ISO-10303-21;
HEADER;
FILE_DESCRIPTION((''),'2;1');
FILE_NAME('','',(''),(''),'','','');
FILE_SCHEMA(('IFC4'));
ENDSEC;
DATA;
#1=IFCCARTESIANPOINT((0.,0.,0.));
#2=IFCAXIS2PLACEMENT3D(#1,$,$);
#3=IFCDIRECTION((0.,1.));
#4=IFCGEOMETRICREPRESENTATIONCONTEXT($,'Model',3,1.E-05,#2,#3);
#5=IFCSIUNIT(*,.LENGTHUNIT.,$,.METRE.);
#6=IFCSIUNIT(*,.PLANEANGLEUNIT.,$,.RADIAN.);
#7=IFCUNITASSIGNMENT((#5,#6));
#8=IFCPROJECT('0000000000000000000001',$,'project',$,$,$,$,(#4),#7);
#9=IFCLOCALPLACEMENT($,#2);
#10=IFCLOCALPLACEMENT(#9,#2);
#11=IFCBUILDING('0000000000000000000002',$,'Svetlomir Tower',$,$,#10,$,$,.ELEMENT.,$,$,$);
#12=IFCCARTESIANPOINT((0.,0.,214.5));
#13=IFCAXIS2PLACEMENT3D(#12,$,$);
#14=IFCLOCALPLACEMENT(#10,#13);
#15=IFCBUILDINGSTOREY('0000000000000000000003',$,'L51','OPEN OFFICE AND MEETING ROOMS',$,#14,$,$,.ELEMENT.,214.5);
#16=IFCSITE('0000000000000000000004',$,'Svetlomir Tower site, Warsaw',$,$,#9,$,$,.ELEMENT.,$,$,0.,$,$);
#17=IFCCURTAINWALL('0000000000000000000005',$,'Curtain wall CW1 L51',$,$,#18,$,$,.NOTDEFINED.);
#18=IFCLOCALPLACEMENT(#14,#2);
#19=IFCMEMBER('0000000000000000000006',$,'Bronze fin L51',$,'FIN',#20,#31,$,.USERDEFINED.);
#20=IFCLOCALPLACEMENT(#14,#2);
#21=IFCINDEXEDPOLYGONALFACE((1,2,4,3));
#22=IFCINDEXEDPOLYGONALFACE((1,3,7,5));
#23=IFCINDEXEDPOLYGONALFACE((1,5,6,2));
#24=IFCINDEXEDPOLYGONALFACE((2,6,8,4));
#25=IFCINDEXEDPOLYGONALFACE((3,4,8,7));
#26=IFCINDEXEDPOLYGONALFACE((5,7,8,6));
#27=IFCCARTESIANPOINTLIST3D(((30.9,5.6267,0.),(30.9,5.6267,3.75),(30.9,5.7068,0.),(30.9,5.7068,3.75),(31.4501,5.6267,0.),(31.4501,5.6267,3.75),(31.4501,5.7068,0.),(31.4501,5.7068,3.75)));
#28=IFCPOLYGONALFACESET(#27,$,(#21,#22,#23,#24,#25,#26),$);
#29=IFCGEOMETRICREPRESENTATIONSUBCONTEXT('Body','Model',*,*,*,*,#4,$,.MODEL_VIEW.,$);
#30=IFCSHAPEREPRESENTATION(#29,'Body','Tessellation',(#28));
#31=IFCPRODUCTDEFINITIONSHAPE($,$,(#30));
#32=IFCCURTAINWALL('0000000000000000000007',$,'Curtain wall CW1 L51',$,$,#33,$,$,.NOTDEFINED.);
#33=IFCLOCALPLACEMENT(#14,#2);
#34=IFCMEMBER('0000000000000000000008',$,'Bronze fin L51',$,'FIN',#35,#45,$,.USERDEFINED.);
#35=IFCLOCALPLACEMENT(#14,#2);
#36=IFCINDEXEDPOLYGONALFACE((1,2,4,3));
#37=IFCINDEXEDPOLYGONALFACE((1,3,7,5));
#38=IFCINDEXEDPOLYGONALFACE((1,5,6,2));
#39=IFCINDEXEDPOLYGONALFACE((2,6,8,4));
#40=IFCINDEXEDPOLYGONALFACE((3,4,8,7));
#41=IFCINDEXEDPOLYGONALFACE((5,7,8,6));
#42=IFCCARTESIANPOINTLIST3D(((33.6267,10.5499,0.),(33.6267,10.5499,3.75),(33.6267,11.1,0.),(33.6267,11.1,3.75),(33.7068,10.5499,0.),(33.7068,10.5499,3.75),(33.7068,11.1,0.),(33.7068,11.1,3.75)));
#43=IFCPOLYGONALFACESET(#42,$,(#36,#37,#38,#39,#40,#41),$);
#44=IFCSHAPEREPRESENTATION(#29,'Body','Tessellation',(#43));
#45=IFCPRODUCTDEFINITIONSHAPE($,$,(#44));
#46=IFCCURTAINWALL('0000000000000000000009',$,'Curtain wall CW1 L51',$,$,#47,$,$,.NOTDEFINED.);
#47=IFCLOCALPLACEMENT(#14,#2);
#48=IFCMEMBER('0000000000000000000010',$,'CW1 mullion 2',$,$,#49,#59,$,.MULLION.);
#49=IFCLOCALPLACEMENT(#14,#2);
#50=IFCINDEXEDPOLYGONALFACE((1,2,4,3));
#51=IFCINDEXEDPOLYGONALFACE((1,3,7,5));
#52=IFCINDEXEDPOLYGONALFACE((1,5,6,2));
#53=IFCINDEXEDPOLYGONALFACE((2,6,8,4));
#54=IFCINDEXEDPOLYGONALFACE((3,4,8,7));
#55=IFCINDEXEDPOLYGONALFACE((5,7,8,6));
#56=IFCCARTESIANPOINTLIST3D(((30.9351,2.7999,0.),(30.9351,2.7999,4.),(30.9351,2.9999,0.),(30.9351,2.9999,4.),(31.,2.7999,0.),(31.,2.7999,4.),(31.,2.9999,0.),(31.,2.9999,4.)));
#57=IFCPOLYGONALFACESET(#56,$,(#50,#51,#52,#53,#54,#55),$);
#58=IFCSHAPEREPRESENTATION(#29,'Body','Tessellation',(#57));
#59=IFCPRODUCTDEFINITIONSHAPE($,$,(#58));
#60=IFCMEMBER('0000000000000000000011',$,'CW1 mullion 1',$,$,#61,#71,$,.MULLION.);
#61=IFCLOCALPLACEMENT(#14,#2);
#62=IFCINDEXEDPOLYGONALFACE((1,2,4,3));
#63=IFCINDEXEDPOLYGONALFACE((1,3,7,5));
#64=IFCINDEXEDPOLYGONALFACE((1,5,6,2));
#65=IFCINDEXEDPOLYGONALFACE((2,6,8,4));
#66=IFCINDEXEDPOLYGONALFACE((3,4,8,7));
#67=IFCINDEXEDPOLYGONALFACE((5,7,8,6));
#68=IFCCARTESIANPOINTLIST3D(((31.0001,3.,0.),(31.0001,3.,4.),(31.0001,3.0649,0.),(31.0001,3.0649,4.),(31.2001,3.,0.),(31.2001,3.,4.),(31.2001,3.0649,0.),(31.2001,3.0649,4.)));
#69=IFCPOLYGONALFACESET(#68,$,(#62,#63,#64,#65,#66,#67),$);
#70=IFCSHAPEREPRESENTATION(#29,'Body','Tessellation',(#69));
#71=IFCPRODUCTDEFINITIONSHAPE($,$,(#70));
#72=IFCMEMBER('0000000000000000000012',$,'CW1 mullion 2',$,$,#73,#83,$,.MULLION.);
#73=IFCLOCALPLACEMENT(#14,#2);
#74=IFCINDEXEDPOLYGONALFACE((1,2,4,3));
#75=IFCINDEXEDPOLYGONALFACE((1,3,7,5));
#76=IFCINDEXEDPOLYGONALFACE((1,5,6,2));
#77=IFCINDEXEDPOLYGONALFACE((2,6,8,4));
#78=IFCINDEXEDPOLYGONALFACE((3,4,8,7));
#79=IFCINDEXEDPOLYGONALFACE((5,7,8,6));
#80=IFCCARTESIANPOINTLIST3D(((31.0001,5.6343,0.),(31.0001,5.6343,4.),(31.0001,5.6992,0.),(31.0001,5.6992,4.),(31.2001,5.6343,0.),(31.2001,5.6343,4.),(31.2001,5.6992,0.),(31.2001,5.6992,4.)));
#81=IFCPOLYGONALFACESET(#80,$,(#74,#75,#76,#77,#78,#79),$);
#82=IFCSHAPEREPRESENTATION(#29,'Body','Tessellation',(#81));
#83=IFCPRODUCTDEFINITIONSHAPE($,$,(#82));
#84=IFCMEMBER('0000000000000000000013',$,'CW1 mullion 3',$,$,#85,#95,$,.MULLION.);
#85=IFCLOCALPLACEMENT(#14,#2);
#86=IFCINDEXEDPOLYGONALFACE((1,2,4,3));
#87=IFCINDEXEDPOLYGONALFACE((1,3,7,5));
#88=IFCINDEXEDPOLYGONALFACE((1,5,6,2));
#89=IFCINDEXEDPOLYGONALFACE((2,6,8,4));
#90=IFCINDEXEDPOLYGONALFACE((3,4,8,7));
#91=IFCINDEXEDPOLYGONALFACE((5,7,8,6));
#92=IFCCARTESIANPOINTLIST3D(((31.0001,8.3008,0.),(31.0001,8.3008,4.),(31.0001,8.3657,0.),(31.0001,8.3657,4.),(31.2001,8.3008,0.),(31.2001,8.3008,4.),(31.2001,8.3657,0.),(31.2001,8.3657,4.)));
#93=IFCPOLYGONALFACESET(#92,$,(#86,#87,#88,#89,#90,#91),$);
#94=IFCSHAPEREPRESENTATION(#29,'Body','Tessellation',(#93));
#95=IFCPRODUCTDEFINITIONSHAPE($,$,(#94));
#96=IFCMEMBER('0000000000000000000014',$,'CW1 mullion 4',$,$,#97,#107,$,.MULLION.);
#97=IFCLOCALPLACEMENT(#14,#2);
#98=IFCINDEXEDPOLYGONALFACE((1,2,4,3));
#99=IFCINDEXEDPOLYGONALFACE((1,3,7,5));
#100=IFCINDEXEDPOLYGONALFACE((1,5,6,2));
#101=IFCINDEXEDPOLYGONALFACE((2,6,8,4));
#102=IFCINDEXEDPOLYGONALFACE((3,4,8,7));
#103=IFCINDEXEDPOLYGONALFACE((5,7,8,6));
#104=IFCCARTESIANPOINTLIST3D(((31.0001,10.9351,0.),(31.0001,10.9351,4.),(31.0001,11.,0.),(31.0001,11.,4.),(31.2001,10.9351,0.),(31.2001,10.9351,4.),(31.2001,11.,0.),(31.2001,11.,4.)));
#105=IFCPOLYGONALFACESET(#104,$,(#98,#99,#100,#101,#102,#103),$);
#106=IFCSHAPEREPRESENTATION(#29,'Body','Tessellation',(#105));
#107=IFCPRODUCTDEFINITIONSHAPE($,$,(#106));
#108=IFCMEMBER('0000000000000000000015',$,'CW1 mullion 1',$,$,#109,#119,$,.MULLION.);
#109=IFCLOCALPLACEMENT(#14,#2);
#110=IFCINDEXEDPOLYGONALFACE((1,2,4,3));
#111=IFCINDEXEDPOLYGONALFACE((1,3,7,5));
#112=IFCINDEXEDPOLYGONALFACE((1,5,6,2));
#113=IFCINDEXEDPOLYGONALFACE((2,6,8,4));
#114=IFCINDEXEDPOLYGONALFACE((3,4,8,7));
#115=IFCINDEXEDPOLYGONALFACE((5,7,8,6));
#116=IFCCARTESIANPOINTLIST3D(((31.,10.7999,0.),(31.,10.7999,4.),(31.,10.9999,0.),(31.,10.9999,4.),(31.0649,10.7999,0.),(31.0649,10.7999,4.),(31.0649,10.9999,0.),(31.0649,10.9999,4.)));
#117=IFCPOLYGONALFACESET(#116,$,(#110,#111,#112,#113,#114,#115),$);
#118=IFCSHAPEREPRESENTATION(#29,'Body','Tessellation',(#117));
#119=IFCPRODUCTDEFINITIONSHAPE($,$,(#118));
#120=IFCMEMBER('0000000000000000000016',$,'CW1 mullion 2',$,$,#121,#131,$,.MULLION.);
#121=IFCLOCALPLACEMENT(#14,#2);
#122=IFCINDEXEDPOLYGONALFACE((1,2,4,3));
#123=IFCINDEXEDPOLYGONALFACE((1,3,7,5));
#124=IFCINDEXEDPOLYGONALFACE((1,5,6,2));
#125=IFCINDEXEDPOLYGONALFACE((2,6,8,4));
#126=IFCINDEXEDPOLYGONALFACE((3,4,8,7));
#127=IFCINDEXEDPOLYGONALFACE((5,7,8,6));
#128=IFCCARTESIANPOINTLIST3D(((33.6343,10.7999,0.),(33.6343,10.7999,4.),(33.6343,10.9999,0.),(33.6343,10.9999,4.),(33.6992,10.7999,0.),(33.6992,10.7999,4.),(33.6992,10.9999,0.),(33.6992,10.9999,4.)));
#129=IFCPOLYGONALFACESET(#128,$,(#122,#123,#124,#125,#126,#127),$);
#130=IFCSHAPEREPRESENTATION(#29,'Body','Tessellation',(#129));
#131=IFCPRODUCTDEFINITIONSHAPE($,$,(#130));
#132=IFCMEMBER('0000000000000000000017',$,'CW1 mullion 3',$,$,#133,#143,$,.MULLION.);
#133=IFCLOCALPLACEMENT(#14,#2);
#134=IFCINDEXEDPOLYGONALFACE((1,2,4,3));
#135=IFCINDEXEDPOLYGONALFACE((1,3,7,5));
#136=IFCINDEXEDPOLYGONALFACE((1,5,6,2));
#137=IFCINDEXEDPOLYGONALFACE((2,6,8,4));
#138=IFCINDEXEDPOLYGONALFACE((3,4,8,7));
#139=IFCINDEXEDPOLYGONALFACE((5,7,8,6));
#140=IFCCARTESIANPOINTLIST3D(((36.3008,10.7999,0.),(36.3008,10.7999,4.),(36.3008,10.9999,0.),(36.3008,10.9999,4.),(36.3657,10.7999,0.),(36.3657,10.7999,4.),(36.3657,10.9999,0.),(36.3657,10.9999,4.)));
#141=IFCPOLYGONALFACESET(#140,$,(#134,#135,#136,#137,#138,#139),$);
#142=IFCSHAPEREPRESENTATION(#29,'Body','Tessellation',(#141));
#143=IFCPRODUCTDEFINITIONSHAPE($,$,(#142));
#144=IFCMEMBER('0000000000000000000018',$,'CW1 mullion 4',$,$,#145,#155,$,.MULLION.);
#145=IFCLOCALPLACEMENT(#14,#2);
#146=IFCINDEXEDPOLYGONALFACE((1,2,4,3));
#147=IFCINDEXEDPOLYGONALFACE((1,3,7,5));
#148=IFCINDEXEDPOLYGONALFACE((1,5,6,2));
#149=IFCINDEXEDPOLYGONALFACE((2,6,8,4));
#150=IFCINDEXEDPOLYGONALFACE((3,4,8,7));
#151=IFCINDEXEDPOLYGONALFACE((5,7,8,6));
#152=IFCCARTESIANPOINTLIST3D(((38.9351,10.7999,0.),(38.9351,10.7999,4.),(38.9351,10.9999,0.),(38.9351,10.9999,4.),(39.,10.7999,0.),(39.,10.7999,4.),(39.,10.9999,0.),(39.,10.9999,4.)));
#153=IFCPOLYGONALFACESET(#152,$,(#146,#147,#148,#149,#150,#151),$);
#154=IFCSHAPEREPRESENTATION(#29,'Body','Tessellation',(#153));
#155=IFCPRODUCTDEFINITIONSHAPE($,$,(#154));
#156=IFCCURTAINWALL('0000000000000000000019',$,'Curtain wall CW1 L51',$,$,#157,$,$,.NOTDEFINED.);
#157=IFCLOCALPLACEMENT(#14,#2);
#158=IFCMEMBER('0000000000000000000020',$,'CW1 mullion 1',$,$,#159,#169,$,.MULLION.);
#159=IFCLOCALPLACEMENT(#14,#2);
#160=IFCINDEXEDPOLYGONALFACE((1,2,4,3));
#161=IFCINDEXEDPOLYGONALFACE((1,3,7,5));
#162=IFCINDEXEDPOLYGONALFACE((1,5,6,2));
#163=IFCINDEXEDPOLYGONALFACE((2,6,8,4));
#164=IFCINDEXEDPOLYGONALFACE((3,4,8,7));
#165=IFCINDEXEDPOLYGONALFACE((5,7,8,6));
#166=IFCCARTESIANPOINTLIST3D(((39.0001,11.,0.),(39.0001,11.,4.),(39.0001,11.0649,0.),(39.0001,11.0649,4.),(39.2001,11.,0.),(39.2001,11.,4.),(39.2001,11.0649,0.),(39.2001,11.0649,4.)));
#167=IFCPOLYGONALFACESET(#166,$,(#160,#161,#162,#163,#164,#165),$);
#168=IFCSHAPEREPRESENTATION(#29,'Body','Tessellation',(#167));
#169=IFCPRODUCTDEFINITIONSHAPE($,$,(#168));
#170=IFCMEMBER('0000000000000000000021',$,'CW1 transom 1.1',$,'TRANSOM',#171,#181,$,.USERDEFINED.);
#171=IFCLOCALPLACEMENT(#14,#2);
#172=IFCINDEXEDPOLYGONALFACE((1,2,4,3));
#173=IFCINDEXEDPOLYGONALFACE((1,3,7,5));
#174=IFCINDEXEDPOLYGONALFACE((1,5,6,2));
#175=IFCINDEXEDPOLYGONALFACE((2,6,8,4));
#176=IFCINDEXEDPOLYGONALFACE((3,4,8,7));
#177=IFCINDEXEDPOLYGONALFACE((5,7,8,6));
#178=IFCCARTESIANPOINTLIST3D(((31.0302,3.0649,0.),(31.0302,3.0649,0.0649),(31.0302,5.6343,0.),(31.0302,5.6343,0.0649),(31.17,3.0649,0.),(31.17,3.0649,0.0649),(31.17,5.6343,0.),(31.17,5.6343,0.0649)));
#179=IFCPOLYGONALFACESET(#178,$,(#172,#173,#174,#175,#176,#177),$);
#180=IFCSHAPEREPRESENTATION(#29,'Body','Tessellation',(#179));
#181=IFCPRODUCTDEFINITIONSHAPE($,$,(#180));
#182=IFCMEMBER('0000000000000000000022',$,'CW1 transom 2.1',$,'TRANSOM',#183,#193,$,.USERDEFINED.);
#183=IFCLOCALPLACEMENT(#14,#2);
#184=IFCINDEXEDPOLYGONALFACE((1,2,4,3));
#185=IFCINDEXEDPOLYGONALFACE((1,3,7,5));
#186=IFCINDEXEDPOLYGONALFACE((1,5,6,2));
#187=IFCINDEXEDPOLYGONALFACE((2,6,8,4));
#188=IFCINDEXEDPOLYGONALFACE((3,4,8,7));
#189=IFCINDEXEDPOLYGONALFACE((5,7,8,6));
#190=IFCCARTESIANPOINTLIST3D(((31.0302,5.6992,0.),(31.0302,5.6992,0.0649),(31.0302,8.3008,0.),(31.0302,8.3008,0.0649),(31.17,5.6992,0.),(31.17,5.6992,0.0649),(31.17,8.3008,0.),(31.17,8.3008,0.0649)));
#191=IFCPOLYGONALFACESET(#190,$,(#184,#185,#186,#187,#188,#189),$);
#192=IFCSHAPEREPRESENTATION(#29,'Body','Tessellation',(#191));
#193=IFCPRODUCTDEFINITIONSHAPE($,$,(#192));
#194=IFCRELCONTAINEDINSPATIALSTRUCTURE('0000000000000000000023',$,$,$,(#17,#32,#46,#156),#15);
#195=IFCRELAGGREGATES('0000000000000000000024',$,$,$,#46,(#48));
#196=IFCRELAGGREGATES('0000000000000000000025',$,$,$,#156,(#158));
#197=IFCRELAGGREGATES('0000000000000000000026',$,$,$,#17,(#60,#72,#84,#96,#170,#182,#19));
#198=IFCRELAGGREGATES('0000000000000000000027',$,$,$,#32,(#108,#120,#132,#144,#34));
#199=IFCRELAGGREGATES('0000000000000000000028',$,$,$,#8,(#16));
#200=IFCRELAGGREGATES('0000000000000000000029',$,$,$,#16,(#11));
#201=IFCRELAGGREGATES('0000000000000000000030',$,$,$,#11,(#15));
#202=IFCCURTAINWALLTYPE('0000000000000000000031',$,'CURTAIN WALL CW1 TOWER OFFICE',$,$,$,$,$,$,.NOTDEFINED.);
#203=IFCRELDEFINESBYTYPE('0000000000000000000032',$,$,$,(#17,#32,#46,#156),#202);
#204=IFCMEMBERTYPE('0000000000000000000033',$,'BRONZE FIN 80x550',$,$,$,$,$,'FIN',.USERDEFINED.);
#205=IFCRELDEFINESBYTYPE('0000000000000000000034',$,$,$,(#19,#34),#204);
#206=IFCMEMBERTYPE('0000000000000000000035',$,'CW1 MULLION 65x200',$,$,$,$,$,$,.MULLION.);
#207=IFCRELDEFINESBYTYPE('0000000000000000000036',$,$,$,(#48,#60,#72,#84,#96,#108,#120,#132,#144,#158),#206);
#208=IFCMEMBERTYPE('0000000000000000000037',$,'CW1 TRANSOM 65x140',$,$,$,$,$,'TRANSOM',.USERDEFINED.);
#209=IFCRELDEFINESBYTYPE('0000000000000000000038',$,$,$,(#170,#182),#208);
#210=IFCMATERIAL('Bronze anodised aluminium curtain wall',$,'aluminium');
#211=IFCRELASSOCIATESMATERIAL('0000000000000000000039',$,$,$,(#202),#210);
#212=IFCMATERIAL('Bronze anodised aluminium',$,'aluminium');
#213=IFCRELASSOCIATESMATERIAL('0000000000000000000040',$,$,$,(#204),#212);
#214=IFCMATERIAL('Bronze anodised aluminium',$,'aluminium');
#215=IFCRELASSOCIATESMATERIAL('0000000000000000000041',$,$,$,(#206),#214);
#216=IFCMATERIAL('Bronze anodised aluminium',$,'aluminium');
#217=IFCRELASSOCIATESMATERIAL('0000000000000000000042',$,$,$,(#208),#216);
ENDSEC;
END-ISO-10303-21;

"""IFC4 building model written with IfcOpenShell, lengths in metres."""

from ifc_helpers import new_model, si_unit, direction, frame, origin, origin_2d, place, context, subcontext, project, spatial, rectangle, extrude, material, material_profile, profile_set, type_object, element, aggregate, save


model = new_model("IFC4")

# Units and contexts
model_context = context("Model", 3, precision=1e-05, world=origin(), true_north=direction((0.0, 1.0)))
body_context = subcontext(model_context, "Body", "Model", "MODEL_VIEW")
ifc_project = project(units=[si_unit("LENGTHUNIT", "METRE"), si_unit("PLANEANGLEUNIT", "RADIAN")], contexts=[model_context])

# Site, building, storey
site_placement = place(None, origin())
site = spatial("IfcSite", under=ifc_project, at=site_placement, Name="Svetlomir Tower site, Warsaw", CompositionType="ELEMENT", RefElevation=0.0)
building_placement = place(site_placement, origin())
building = spatial("IfcBuilding", under=site, at=building_placement, Name="Svetlomir Tower", CompositionType="ELEMENT")
storey_placement = place(building_placement, frame((0.0, 0.0, 214.5)))
storey = spatial("IfcBuildingStorey", under=building, at=storey_placement, Name="L51", Description="OPEN OFFICE AND MEETING ROOMS", CompositionType="ELEMENT", Elevation=214.5)

# Curtain walls, members
ifc_material_1 = material(Name="Bronze anodised aluminium curtain wall", Category="aluminium")
curtain_wall_type = type_object("IfcCurtainWallType", Name="CURTAIN WALL CW1 TOWER OFFICE", PredefinedType="NOTDEFINED", material=ifc_material_1)
curtain_wall_1_placement = place(storey_placement, origin())
curtain_wall_1 = element("IfcCurtainWall", 1, at=curtain_wall_1_placement, inside=storey, type_object=curtain_wall_type, Name="Curtain wall CW1 L51", PredefinedType="NOTDEFINED")
ifc_material_2 = material(Name="Bronze anodised aluminium", Category="aluminium")
ifc_material_profile_1 = material_profile(ifc_material_2, rectangle(XDim=0.0801, YDim=0.55, at=origin_2d()), Name="FIN 80x550")
ifc_profile_set_1 = profile_set([ifc_material_profile_1], Name="Bronze anodised aluminium 6063-T6")
member_type_1 = type_object("IfcMemberType", Name="BRONZE FIN 80x550", ElementType="FIN", PredefinedType="USERDEFINED", material=ifc_profile_set_1)
member_1_placement = place(storey_placement, frame((31.175, 5.6667, 0.0), z_axis=(0.0, 0.0, 1.0), x_axis=(0.0, 1.0, 0.0)))
member_1 = element("IfcMember", 2, at=member_1_placement, type_object=member_type_1, Name="Bronze fin L51", ObjectType="FIN", PredefinedType="USERDEFINED", context=body_context, shape_type="SweptSolid", body=[
    extrude(rectangle(XDim=0.0801, YDim=0.55, at=origin_2d()), origin(), (0.0, 0.0, 1.0), 3.75),
])
curtain_wall_2_placement = place(storey_placement, origin())
curtain_wall_2 = element("IfcCurtainWall", 3, at=curtain_wall_2_placement, inside=storey, type_object=curtain_wall_type, Name="Curtain wall CW1 L51", PredefinedType="NOTDEFINED")
member_2_placement = place(storey_placement, frame((33.6667, 10.825, 0.0), z_axis=(0.0, 0.0, 1.0), x_axis=(1.0, 0.0, 0.0)))
member_2 = element("IfcMember", 4, at=member_2_placement, type_object=member_type_1, Name="Bronze fin L51", ObjectType="FIN", PredefinedType="USERDEFINED", context=body_context, shape_type="SweptSolid", body=[
    extrude(rectangle(XDim=0.0801, YDim=0.55, at=origin_2d()), origin(), (0.0, 0.0, 1.0), 3.75),
])
curtain_wall_3_placement = place(storey_placement, origin())
curtain_wall_3 = element("IfcCurtainWall", 5, at=curtain_wall_3_placement, inside=storey, type_object=curtain_wall_type, Name="Curtain wall CW1 L51", PredefinedType="NOTDEFINED")
ifc_material_3 = material(Name="Bronze anodised aluminium", Category="aluminium")
ifc_material_profile_2 = material_profile(ifc_material_3, rectangle(XDim=0.0649, YDim=0.2, at=origin_2d()), Name="AL 65x200")
ifc_profile_set_2 = profile_set([ifc_material_profile_2], Name="Bronze anodised aluminium 6063-T6")
member_type_2 = type_object("IfcMemberType", Name="CW1 MULLION 65x200", PredefinedType="MULLION", material=ifc_profile_set_2)
member_3_placement = place(storey_placement, frame((30.9675, 2.8999, 0.0), z_axis=(0.0, 0.0, 1.0), x_axis=(1.0, 0.0, 0.0)))
member_3 = element("IfcMember", 6, at=member_3_placement, type_object=member_type_2, Name="CW1 mullion 2", PredefinedType="MULLION", context=body_context, shape_type="SweptSolid", body=[
    extrude(rectangle(XDim=0.0649, YDim=0.2, at=origin_2d()), origin(), (0.0, 0.0, 1.0), 4.0),
])
aggregate(curtain_wall_3, [member_3])

# Members
member_4_placement = place(storey_placement, frame((31.1001, 3.0325, 0.0), z_axis=(0.0, 0.0, 1.0), x_axis=(0.0, 1.0, 0.0)))
member_4 = element("IfcMember", 7, at=member_4_placement, type_object=member_type_2, Name="CW1 mullion 1", PredefinedType="MULLION", context=body_context, shape_type="SweptSolid", body=[
    extrude(rectangle(XDim=0.0649, YDim=0.2, at=origin_2d()), origin(), (0.0, 0.0, 1.0), 4.0),
])
member_5_placement = place(storey_placement, frame((31.1001, 5.6667, 0.0), z_axis=(0.0, 0.0, 1.0), x_axis=(0.0, 1.0, 0.0)))
member_5 = element("IfcMember", 8, at=member_5_placement, type_object=member_type_2, Name="CW1 mullion 2", PredefinedType="MULLION", context=body_context, shape_type="SweptSolid", body=[
    extrude(rectangle(XDim=0.0649, YDim=0.2, at=origin_2d()), origin(), (0.0, 0.0, 1.0), 4.0),
])
member_6_placement = place(storey_placement, frame((31.1001, 8.3333, 0.0), z_axis=(0.0, 0.0, 1.0), x_axis=(0.0, 1.0, 0.0)))
member_6 = element("IfcMember", 9, at=member_6_placement, type_object=member_type_2, Name="CW1 mullion 3", PredefinedType="MULLION", context=body_context, shape_type="SweptSolid", body=[
    extrude(rectangle(XDim=0.0649, YDim=0.2, at=origin_2d()), origin(), (0.0, 0.0, 1.0), 4.0),
])
member_7_placement = place(storey_placement, frame((31.1001, 10.9675, 0.0), z_axis=(0.0, 0.0, 1.0), x_axis=(0.0, 1.0, 0.0)))
member_7 = element("IfcMember", 10, at=member_7_placement, type_object=member_type_2, Name="CW1 mullion 4", PredefinedType="MULLION", context=body_context, shape_type="SweptSolid", body=[
    extrude(rectangle(XDim=0.0649, YDim=0.2, at=origin_2d()), origin(), (0.0, 0.0, 1.0), 4.0),
])
member_8_placement = place(storey_placement, frame((31.0325, 10.8999, 0.0), z_axis=(0.0, 0.0, 1.0), x_axis=(1.0, 0.0, 0.0)))
member_8 = element("IfcMember", 11, at=member_8_placement, type_object=member_type_2, Name="CW1 mullion 1", PredefinedType="MULLION", context=body_context, shape_type="SweptSolid", body=[
    extrude(rectangle(XDim=0.0649, YDim=0.2, at=origin_2d()), origin(), (0.0, 0.0, 1.0), 4.0),
])
member_9_placement = place(storey_placement, frame((33.6667, 10.8999, 0.0), z_axis=(0.0, 0.0, 1.0), x_axis=(1.0, 0.0, 0.0)))
member_9 = element("IfcMember", 12, at=member_9_placement, type_object=member_type_2, Name="CW1 mullion 2", PredefinedType="MULLION", context=body_context, shape_type="SweptSolid", body=[
    extrude(rectangle(XDim=0.0649, YDim=0.2, at=origin_2d()), origin(), (0.0, 0.0, 1.0), 4.0),
])
member_10_placement = place(storey_placement, frame((36.3333, 10.8999, 0.0), z_axis=(0.0, 0.0, 1.0), x_axis=(1.0, 0.0, 0.0)))
member_10 = element("IfcMember", 13, at=member_10_placement, type_object=member_type_2, Name="CW1 mullion 3", PredefinedType="MULLION", context=body_context, shape_type="SweptSolid", body=[
    extrude(rectangle(XDim=0.0649, YDim=0.2, at=origin_2d()), origin(), (0.0, 0.0, 1.0), 4.0),
])
member_11_placement = place(storey_placement, frame((38.9675, 10.8999, 0.0), z_axis=(0.0, 0.0, 1.0), x_axis=(1.0, 0.0, 0.0)))
member_11 = element("IfcMember", 14, at=member_11_placement, type_object=member_type_2, Name="CW1 mullion 4", PredefinedType="MULLION", context=body_context, shape_type="SweptSolid", body=[
    extrude(rectangle(XDim=0.0649, YDim=0.2, at=origin_2d()), origin(), (0.0, 0.0, 1.0), 4.0),
])

# Curtain wall, member
curtain_wall_4_placement = place(storey_placement, origin())
curtain_wall_4 = element("IfcCurtainWall", 15, at=curtain_wall_4_placement, inside=storey, type_object=curtain_wall_type, Name="Curtain wall CW1 L51", PredefinedType="NOTDEFINED")
member_12_placement = place(storey_placement, frame((39.1001, 11.0325, 0.0), z_axis=(0.0, 0.0, 1.0), x_axis=(0.0, 1.0, 0.0)))
member_12 = element("IfcMember", 16, at=member_12_placement, type_object=member_type_2, Name="CW1 mullion 1", PredefinedType="MULLION", context=body_context, shape_type="SweptSolid", body=[
    extrude(rectangle(XDim=0.0649, YDim=0.2, at=origin_2d()), origin(), (0.0, 0.0, 1.0), 4.0),
])
aggregate(curtain_wall_4, [member_12])

# Members
ifc_material_4 = material(Name="Bronze anodised aluminium", Category="aluminium")
ifc_material_profile_3 = material_profile(ifc_material_4, rectangle(XDim=0.1399, YDim=0.0649, at=origin_2d()), Name="AL 140x65")
ifc_profile_set_3 = profile_set([ifc_material_profile_3], Name="Bronze anodised aluminium 6063-T6")
member_type_3 = type_object("IfcMemberType", Name="CW1 TRANSOM 65x140", ElementType="TRANSOM", PredefinedType="USERDEFINED", material=ifc_profile_set_3)
member_13_placement = place(storey_placement, frame((31.1001, 3.0649, 0.0325), z_axis=(0.0, 1.0, 0.0), x_axis=(-1.0, 0.0, 0.0)))
member_13 = element("IfcMember", 17, at=member_13_placement, type_object=member_type_3, Name="CW1 transom 1.1", ObjectType="TRANSOM", PredefinedType="USERDEFINED", context=body_context, shape_type="SweptSolid", body=[
    extrude(rectangle(XDim=0.1399, YDim=0.0649, at=origin_2d()), origin(), (0.0, 0.0, 1.0), 2.5693),
])
member_14_placement = place(storey_placement, frame((31.1001, 5.6992, 0.0325), z_axis=(0.0, 1.0, 0.0), x_axis=(-1.0, 0.0, 0.0)))
member_14 = element("IfcMember", 18, at=member_14_placement, type_object=member_type_3, Name="CW1 transom 2.1", ObjectType="TRANSOM", PredefinedType="USERDEFINED", context=body_context, shape_type="SweptSolid", body=[
    extrude(rectangle(XDim=0.1399, YDim=0.0649, at=origin_2d()), origin(), (0.0, 0.0, 1.0), 2.6016),
])

aggregate(curtain_wall_1, [member_4, member_5, member_6, member_7, member_13, member_14, member_1])
aggregate(curtain_wall_2, [member_8, member_9, member_10, member_11, member_2])

save(model, "model.ifc")
